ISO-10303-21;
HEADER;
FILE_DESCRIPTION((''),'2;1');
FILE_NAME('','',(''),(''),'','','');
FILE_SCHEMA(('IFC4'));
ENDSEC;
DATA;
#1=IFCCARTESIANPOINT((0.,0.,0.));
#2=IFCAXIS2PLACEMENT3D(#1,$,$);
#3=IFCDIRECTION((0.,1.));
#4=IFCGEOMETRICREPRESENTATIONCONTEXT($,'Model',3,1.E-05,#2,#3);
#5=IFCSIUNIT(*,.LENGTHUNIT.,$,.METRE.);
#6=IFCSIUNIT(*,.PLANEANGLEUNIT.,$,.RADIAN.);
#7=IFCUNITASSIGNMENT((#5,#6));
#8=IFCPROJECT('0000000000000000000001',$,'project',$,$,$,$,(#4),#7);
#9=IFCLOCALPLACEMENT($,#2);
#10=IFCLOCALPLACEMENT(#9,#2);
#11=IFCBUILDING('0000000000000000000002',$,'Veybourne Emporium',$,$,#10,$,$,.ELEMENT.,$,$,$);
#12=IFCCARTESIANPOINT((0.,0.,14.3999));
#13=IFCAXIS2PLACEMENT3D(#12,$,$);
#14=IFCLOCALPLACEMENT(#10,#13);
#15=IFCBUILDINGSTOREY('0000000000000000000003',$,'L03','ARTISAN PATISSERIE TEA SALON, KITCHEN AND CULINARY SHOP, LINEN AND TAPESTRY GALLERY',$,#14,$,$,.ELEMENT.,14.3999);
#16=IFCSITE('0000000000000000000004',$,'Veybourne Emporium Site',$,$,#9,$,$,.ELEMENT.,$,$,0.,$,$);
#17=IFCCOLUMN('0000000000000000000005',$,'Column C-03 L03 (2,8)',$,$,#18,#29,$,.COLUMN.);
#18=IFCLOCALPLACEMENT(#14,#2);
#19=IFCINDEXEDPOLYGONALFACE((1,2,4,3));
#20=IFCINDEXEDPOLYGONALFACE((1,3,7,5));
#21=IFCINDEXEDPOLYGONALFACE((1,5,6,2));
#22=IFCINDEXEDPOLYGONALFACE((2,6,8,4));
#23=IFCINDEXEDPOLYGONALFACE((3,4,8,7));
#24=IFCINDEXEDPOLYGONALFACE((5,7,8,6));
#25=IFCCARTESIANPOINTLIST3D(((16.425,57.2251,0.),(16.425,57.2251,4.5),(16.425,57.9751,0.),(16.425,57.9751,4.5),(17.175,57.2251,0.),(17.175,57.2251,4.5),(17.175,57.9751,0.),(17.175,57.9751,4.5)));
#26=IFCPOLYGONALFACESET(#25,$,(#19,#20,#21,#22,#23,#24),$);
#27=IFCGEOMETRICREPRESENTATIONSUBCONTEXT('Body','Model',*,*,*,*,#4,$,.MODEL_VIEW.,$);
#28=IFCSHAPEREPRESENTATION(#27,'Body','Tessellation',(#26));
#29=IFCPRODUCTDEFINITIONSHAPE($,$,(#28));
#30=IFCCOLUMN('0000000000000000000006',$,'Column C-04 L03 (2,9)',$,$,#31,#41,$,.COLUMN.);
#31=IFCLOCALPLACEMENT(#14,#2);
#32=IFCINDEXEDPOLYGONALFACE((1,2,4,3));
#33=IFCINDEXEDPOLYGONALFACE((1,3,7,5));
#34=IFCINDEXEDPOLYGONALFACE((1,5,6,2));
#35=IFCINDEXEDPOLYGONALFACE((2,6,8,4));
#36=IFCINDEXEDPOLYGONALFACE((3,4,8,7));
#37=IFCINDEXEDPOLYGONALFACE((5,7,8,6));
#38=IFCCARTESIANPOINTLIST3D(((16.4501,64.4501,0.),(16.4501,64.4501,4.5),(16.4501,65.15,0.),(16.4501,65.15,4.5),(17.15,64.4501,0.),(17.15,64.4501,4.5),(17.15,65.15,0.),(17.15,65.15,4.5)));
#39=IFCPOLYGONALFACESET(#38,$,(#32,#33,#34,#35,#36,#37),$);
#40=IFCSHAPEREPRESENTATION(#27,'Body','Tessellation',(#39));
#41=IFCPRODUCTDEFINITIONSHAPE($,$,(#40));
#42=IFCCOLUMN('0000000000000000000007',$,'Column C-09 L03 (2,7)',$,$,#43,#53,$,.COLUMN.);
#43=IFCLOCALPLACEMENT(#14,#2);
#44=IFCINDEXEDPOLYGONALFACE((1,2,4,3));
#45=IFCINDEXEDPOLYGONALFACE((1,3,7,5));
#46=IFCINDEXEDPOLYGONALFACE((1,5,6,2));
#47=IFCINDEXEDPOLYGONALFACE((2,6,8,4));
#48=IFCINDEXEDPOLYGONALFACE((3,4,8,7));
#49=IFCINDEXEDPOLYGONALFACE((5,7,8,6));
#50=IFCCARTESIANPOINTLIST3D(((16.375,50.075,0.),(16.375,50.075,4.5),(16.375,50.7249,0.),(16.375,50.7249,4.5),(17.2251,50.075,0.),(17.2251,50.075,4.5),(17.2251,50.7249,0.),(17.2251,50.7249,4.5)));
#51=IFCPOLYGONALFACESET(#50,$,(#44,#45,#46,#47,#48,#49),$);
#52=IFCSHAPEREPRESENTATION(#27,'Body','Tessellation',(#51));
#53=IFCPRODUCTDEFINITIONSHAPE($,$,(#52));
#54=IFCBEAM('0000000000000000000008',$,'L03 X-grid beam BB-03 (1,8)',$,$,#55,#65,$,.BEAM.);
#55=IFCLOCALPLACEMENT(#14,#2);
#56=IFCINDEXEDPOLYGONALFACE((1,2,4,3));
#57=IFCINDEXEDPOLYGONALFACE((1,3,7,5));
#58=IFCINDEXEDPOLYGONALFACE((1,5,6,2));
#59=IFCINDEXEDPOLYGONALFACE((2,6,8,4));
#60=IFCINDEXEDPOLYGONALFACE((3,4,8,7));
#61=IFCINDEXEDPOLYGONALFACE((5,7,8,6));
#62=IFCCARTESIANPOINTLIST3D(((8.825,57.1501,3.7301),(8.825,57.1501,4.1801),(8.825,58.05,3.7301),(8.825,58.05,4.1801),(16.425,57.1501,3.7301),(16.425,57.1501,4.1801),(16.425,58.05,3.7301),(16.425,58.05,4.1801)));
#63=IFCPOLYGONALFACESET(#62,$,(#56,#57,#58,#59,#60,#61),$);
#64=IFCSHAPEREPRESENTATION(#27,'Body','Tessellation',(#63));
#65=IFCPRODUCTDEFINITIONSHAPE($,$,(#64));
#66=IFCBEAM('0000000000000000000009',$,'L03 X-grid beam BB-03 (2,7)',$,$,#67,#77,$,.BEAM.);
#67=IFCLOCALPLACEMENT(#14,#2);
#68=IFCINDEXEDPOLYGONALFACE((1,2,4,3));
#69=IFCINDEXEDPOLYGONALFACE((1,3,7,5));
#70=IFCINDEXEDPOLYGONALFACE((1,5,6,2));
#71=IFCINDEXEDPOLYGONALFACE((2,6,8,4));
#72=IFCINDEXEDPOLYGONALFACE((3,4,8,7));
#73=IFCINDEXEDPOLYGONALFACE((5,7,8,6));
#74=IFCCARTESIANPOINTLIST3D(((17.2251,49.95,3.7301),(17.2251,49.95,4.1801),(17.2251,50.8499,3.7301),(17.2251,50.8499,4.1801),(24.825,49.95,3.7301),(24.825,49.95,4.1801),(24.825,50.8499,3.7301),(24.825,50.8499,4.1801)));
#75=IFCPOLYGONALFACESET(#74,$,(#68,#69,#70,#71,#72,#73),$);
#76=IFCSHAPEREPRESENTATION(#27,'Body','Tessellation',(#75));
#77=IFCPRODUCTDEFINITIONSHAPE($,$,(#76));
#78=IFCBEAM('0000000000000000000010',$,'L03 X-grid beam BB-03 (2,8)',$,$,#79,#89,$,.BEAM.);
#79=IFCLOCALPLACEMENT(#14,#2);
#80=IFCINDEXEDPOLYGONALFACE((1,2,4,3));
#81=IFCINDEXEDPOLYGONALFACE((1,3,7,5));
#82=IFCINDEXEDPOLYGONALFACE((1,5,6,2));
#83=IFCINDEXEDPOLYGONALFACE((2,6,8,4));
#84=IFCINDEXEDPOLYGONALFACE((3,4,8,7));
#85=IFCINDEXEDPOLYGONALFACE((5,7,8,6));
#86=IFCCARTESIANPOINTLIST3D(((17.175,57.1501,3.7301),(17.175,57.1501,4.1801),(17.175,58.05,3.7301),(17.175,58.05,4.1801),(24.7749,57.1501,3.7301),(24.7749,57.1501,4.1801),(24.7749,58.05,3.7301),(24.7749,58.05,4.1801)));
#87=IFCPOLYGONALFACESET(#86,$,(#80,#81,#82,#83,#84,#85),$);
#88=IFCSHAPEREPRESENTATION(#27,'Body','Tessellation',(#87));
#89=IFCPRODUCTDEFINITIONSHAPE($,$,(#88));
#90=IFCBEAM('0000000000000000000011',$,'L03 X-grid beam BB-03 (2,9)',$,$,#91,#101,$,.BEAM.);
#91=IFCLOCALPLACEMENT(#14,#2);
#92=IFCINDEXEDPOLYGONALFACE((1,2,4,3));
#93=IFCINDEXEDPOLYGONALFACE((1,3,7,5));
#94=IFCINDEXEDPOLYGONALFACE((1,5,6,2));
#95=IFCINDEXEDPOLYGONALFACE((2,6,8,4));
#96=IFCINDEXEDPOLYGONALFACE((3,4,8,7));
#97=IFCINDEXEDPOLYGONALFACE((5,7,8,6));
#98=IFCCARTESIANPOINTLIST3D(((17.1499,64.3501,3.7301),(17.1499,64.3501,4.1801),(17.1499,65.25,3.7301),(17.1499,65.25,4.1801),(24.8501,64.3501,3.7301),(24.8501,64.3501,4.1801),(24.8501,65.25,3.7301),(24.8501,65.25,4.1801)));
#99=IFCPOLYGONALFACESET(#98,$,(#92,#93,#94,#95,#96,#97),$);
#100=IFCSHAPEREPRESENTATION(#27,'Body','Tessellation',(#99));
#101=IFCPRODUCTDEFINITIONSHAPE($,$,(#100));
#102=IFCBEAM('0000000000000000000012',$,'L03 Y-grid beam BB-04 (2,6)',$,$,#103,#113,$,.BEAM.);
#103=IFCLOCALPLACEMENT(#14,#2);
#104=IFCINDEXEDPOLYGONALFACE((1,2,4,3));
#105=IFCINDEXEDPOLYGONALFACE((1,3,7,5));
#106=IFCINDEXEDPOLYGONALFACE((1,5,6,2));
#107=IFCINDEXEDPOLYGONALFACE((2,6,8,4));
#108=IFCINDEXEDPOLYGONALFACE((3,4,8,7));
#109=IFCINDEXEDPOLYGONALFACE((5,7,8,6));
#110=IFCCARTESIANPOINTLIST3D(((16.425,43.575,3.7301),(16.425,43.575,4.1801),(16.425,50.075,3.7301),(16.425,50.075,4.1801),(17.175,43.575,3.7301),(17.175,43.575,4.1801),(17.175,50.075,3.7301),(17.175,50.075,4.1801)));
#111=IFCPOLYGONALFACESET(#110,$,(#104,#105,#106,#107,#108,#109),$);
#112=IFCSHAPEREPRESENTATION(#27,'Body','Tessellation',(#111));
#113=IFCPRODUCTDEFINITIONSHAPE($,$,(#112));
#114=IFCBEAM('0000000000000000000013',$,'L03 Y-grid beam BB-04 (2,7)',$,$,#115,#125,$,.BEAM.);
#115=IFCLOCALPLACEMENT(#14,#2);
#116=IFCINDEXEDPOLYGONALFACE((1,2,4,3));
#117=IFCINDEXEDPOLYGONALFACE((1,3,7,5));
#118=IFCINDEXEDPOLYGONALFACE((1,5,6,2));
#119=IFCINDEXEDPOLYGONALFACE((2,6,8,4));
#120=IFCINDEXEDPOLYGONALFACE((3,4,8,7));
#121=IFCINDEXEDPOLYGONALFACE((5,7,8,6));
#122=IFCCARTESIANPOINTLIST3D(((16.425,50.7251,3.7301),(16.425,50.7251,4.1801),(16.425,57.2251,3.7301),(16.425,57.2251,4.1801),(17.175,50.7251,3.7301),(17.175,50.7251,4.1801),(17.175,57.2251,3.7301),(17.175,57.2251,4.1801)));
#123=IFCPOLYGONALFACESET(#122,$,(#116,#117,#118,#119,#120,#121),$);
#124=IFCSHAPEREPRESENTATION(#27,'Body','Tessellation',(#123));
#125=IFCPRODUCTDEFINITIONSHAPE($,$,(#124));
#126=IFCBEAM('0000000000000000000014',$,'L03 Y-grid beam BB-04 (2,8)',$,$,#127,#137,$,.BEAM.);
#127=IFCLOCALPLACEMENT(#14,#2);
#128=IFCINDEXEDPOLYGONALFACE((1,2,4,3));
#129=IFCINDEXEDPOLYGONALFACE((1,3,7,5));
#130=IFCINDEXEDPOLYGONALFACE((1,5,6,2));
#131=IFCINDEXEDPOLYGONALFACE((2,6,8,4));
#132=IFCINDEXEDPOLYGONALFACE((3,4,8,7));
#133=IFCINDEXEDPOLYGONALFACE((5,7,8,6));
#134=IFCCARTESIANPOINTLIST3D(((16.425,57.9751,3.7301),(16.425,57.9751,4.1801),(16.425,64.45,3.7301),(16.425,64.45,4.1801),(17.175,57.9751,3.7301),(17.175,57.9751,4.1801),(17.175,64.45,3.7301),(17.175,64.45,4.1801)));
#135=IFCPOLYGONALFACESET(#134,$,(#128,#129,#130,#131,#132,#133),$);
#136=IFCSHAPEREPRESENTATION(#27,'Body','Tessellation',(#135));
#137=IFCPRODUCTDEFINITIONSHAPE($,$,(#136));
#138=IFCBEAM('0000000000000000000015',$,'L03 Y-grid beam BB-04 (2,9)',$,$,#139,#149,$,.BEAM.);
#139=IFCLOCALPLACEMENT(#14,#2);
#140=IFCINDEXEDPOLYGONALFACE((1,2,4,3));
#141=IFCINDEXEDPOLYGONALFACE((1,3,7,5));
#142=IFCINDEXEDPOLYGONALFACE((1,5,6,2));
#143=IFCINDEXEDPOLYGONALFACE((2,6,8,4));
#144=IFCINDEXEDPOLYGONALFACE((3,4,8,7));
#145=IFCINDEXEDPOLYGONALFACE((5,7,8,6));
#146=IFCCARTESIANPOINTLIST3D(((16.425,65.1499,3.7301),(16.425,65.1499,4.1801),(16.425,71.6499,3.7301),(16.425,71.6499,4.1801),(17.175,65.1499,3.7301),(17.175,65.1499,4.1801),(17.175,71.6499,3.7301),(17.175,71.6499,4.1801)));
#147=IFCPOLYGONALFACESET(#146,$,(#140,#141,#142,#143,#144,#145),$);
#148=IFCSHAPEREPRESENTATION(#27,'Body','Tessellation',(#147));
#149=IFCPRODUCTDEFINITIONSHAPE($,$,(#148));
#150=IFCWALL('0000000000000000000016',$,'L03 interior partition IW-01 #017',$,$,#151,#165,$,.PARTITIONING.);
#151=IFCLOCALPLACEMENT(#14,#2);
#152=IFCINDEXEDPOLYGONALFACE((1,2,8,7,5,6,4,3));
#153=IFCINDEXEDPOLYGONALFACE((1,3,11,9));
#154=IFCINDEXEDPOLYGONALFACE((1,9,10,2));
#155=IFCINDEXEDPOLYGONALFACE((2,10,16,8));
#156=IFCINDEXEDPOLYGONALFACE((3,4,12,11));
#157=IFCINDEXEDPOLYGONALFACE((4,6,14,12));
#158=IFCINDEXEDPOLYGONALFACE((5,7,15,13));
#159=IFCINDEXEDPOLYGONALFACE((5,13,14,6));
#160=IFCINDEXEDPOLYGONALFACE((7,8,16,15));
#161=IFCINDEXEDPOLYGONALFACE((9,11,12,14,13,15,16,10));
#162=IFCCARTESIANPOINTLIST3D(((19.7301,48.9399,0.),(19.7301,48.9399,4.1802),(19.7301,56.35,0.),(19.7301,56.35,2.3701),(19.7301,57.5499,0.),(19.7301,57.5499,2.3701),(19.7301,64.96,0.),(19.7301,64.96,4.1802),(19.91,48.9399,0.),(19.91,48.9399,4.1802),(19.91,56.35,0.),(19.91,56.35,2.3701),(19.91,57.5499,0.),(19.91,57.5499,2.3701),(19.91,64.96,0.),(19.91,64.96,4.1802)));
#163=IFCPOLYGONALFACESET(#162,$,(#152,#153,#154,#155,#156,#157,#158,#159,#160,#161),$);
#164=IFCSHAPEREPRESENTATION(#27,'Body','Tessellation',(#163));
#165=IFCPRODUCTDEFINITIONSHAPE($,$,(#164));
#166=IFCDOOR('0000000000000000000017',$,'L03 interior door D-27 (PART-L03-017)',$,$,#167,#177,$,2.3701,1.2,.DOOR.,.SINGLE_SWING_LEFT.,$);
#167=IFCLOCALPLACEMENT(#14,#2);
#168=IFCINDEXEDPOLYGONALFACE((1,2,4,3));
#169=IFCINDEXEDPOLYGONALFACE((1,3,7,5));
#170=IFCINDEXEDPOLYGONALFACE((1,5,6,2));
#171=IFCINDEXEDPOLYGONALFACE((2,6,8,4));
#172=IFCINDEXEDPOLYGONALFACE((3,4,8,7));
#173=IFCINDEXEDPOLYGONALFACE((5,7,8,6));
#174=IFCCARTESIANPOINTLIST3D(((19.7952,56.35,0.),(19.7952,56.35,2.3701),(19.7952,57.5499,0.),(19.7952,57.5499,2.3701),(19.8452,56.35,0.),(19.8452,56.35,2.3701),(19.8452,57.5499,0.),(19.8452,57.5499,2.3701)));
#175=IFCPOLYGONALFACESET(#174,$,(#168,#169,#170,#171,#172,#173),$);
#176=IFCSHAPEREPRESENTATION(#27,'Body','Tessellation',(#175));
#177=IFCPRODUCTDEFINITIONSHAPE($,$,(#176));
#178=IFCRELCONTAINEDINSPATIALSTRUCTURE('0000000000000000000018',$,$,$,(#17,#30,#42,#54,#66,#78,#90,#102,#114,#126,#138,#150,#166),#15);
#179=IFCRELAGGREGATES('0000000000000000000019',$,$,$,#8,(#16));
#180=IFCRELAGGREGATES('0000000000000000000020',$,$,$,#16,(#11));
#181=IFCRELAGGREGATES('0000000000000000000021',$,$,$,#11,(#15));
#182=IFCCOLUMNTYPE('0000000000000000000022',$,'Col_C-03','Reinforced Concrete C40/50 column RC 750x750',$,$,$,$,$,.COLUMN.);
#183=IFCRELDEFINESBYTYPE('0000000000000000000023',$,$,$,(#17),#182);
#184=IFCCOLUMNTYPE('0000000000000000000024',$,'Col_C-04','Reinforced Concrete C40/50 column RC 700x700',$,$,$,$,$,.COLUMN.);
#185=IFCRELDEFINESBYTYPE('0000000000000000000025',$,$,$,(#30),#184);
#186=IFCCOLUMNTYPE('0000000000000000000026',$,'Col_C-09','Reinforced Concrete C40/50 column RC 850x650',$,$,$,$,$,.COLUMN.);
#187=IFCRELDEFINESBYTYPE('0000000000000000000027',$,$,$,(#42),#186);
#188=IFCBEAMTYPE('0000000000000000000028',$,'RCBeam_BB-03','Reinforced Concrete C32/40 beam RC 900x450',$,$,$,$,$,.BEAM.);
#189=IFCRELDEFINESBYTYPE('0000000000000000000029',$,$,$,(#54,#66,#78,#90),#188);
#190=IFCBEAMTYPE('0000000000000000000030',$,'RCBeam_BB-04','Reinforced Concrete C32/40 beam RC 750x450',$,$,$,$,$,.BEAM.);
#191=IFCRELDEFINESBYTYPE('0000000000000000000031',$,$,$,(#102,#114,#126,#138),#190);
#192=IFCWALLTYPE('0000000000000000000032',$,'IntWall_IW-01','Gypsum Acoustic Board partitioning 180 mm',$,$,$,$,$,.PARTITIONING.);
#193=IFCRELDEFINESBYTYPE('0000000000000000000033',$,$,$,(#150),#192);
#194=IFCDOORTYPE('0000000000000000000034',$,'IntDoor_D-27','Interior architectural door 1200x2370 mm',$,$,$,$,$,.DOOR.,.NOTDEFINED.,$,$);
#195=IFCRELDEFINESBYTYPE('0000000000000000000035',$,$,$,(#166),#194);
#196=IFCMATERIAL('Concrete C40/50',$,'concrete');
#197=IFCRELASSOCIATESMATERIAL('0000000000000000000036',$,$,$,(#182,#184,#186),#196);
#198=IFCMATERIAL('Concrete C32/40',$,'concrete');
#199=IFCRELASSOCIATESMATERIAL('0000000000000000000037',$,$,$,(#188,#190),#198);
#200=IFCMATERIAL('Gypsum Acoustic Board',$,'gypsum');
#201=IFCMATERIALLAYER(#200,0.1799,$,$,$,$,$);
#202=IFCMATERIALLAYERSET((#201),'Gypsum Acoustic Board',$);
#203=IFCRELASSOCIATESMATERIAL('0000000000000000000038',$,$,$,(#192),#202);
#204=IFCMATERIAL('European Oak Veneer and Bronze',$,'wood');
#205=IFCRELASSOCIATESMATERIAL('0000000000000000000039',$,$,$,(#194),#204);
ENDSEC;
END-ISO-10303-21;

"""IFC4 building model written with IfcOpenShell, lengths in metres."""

from ifc_helpers import new_model, si_unit, direction, frame, frame_2d, origin, origin_2d, place, context, subcontext, project, spatial, rectangle, extrude, material, layer, layer_set, material_profile, profile_set, type_object, element, fill, save


model = new_model("IFC4")

# Units and contexts
model_context = context("Model", 3, precision=1e-05, world=origin(), true_north=direction((0.0, 1.0)))
body_context = subcontext(model_context, "Body", "Model", "MODEL_VIEW")
ifc_project = project(units=[si_unit("LENGTHUNIT", "METRE"), si_unit("PLANEANGLEUNIT", "RADIAN")], contexts=[model_context])

# Site, building, storey
site_placement = place(None, origin())
site = spatial("IfcSite", under=ifc_project, at=site_placement, Name="Veybourne Emporium Site", CompositionType="ELEMENT", RefElevation=0.0)
building_placement = place(site_placement, origin())
building = spatial("IfcBuilding", under=site, at=building_placement, Name="Veybourne Emporium", CompositionType="ELEMENT")
storey_placement = place(building_placement, frame((0.0, 0.0, 14.3999)))
storey = spatial("IfcBuildingStorey", under=building, at=storey_placement, Name="L03", Description="ARTISAN PATISSERIE TEA SALON, KITCHEN AND CULINARY SHOP, LINEN AND TAPESTRY GALLERY", CompositionType="ELEMENT", Elevation=14.3999)

# Columns
ifc_material_1 = material(Name="Concrete C40/50", Category="concrete")
ifc_material_profile_1 = material_profile(ifc_material_1, rectangle(XDim=0.75, YDim=0.75, at=origin_2d()), Name="RC 750x750")
ifc_profile_set_1 = profile_set([ifc_material_profile_1], Name="Concrete C40/50")
column_type_1 = type_object("IfcColumnType", Name="Col_C-03", Description="Reinforced Concrete C40/50 column RC 750x750", PredefinedType="COLUMN", material=ifc_profile_set_1)
column_1_placement = place(storey_placement, frame((16.8, 57.6001, 0.0), z_axis=(0.0, 0.0, 1.0), x_axis=(1.0, 0.0, 0.0)))
element("IfcColumn", 1, at=column_1_placement, inside=storey, type_object=column_type_1, Name="Column C-03 L03 (2,8)", PredefinedType="COLUMN", context=body_context, shape_type="SweptSolid", body=[
    extrude(rectangle(XDim=0.75, YDim=0.75, at=origin_2d()), origin(), (0.0, 0.0, 1.0), 4.5),
])
ifc_material_profile_2 = material_profile(ifc_material_1, rectangle(XDim=0.7, YDim=0.7, at=origin_2d()), Name="RC 700x700")
ifc_profile_set_2 = profile_set([ifc_material_profile_2], Name="Concrete C40/50")
column_type_2 = type_object("IfcColumnType", Name="Col_C-04", Description="Reinforced Concrete C40/50 column RC 700x700", PredefinedType="COLUMN", material=ifc_profile_set_2)
column_2_placement = place(storey_placement, frame((16.8, 64.8, 0.0), z_axis=(0.0, 0.0, 1.0), x_axis=(1.0, 0.0, 0.0)))
element("IfcColumn", 2, at=column_2_placement, inside=storey, type_object=column_type_2, Name="Column C-04 L03 (2,9)", PredefinedType="COLUMN", context=body_context, shape_type="SweptSolid", body=[
    extrude(rectangle(XDim=0.7, YDim=0.7, at=origin_2d()), origin(), (0.0, 0.0, 1.0), 4.5),
])
ifc_material_profile_3 = material_profile(ifc_material_1, rectangle(XDim=0.8501, YDim=0.6499, at=origin_2d()), Name="RC 850x650")
ifc_profile_set_3 = profile_set([ifc_material_profile_3], Name="Concrete C40/50")
column_type_3 = type_object("IfcColumnType", Name="Col_C-09", Description="Reinforced Concrete C40/50 column RC 850x650", PredefinedType="COLUMN", material=ifc_profile_set_3)
column_3_placement = place(storey_placement, frame((16.8, 50.3999, 0.0), z_axis=(0.0, 0.0, 1.0), x_axis=(1.0, 0.0, 0.0)))
element("IfcColumn", 3, at=column_3_placement, inside=storey, type_object=column_type_3, Name="Column C-09 L03 (2,7)", PredefinedType="COLUMN", context=body_context, shape_type="SweptSolid", body=[
    extrude(rectangle(XDim=0.8501, YDim=0.6499, at=origin_2d()), origin(), (0.0, 0.0, 1.0), 4.5),
])

# Beams
ifc_material_2 = material(Name="Concrete C32/40", Category="concrete")
ifc_material_profile_4 = material_profile(ifc_material_2, rectangle(XDim=0.8999, YDim=0.45, at=origin_2d()), Name="RC 900x450")
ifc_profile_set_4 = profile_set([ifc_material_profile_4], Name="Concrete C32/40")
beam_type_1 = type_object("IfcBeamType", Name="RCBeam_BB-03", Description="Reinforced Concrete C32/40 beam RC 900x450", PredefinedType="BEAM", material=ifc_profile_set_4)
beam_1_placement = place(storey_placement, frame((8.825, 57.6001, 3.9551), z_axis=(1.0, 0.0, 0.0), x_axis=(0.0, 1.0, 0.0)))
element("IfcBeam", 4, at=beam_1_placement, inside=storey, type_object=beam_type_1, Name="L03 X-grid beam BB-03 (1,8)", PredefinedType="BEAM", context=body_context, shape_type="SweptSolid", body=[
    extrude(rectangle(XDim=0.8999, YDim=0.45, at=origin_2d()), origin(), (0.0, 0.0, 1.0), 7.6001),
])
for number, where, z_axis, x_axis, name in (
    (5, (17.2251, 50.3999, 3.9551), (1.0, 0.0, 0.0), (0.0, 1.0, 0.0), "L03 X-grid beam BB-03 (2,7)"),
    (6, (17.175, 57.6001, 3.9551), (1.0, 0.0, 0.0), (0.0, 1.0, 0.0), "L03 X-grid beam BB-03 (2,8)"),
):
    element("IfcBeam", number, at=place(storey_placement, frame(where, z_axis=z_axis, x_axis=x_axis)), inside=storey, type_object=beam_type_1, Name=name, PredefinedType="BEAM", context=body_context, shape_type="SweptSolid", body=[
        extrude(rectangle(XDim=0.8999, YDim=0.45, at=origin_2d()), origin(), (0.0, 0.0, 1.0), 7.5999),
    ])
beam_2_placement = place(storey_placement, frame((17.1499, 64.8, 3.9551), z_axis=(1.0, 0.0, 0.0), x_axis=(0.0, 1.0, 0.0)))
element("IfcBeam", 7, at=beam_2_placement, inside=storey, type_object=beam_type_1, Name="L03 X-grid beam BB-03 (2,9)", PredefinedType="BEAM", context=body_context, shape_type="SweptSolid", body=[
    extrude(rectangle(XDim=0.8999, YDim=0.45, at=origin_2d()), origin(), (0.0, 0.0, 1.0), 7.7002),
])
ifc_material_profile_5 = material_profile(ifc_material_2, rectangle(XDim=0.75, YDim=0.45, at=origin_2d()), Name="RC 750x450")
ifc_profile_set_5 = profile_set([ifc_material_profile_5], Name="Concrete C32/40")
beam_type_2 = type_object("IfcBeamType", Name="RCBeam_BB-04", Description="Reinforced Concrete C32/40 beam RC 750x450", PredefinedType="BEAM", material=ifc_profile_set_5)
for number, where, z_axis, x_axis, name in (
    (8, (16.8, 43.575, 3.9551), (0.0, 1.0, 0.0), (-1.0, 0.0, 0.0), "L03 Y-grid beam BB-04 (2,6)"),
    (9, (16.8, 50.7251, 3.9551), (0.0, 1.0, 0.0), (-1.0, 0.0, 0.0), "L03 Y-grid beam BB-04 (2,7)"),
):
    element("IfcBeam", number, at=place(storey_placement, frame(where, z_axis=z_axis, x_axis=x_axis)), inside=storey, type_object=beam_type_2, Name=name, PredefinedType="BEAM", context=body_context, shape_type="SweptSolid", body=[
        extrude(rectangle(XDim=0.75, YDim=0.45, at=origin_2d()), origin(), (0.0, 0.0, 1.0), 6.5),
    ])
beam_3_placement = place(storey_placement, frame((16.8, 57.9751, 3.9551), z_axis=(0.0, 1.0, 0.0), x_axis=(-1.0, 0.0, 0.0)))
element("IfcBeam", 10, at=beam_3_placement, inside=storey, type_object=beam_type_2, Name="L03 Y-grid beam BB-04 (2,8)", PredefinedType="BEAM", context=body_context, shape_type="SweptSolid", body=[
    extrude(rectangle(XDim=0.75, YDim=0.45, at=origin_2d()), origin(), (0.0, 0.0, 1.0), 6.4749),
])
beam_4_placement = place(storey_placement, frame((16.8, 65.1499, 3.9551), z_axis=(0.0, 1.0, 0.0), x_axis=(-1.0, 0.0, 0.0)))
element("IfcBeam", 11, at=beam_4_placement, inside=storey, type_object=beam_type_2, Name="L03 Y-grid beam BB-04 (2,9)", PredefinedType="BEAM", context=body_context, shape_type="SweptSolid", body=[
    extrude(rectangle(XDim=0.75, YDim=0.45, at=origin_2d()), origin(), (0.0, 0.0, 1.0), 6.5),
])

# Wall, opening, door
ifc_material_3 = material(Name="Gypsum Acoustic Board", Category="gypsum")
ifc_layer_1 = layer(ifc_material_3, 0.1799)
ifc_layer_set_1 = layer_set([ifc_layer_1], Name="Gypsum Acoustic Board")
wall_type_1 = type_object("IfcWallType", Name="IntWall_IW-01", Description="Gypsum Acoustic Board partitioning 180 mm", PredefinedType="PARTITIONING", material=ifc_layer_set_1)
wall_1_placement = place(storey_placement, frame((19.8201, 48.9399, 0.0), z_axis=(0.0, 0.0, 1.0), x_axis=(0.0, 1.0, 0.0)))
wall_1 = element("IfcWall", 12, at=wall_1_placement, inside=storey, type_object=wall_type_1, Name="L03 interior partition IW-01 #017", PredefinedType="PARTITIONING", context=body_context, shape_type="SweptSolid", body=[
    extrude(rectangle(XDim=16.02, YDim=0.1799, at=frame_2d((8.01, 0.0))), origin(), (0.0, 0.0, 1.0), 4.1802),
])
opening_1_placement = place(wall_1_placement, frame((7.4099, 0.0, 0.0)))
opening_1 = element("IfcOpeningElement", 13, at=opening_1_placement, cuts=wall_1, PredefinedType="OPENING", context=body_context, shape_type="SweptSolid", body=[
    extrude(rectangle(XDim=1.2, YDim=2.3701, at=frame_2d((0.6001, 1.1851))), frame((0.0, 0.1099, 0.0), z_axis=(0.0, -1.0, 0.0), x_axis=(1.0, 0.0, 0.0)), (0.0, 0.0, 1.0), 0.22),
])
ifc_material_4 = material(Name="European Oak Veneer and Bronze", Category="wood")
door_type_1 = type_object("IfcDoorType", Name="IntDoor_D-27", Description="Interior architectural door 1200x2370 mm", OperationType="NOTDEFINED", PredefinedType="DOOR", material=ifc_material_4)
door_1_placement = place(opening_1_placement, origin())
door_1 = element("IfcDoor", 14, at=door_1_placement, inside=storey, type_object=door_type_1, Name="L03 interior door D-27 (PART-L03-017)", OperationType="SINGLE_SWING_LEFT", OverallHeight=2.3701, OverallWidth=1.2, PredefinedType="DOOR", context=body_context, shape_type="SweptSolid", body=[
    extrude(rectangle(XDim=1.2, YDim=2.3701, at=frame_2d((0.6001, 1.1851))), frame((0.0, 0.0249, 0.0), z_axis=(0.0, -1.0, 0.0), x_axis=(1.0, 0.0, 0.0)), (0.0, 0.0, 1.0), 0.05),
])
fill(opening_1, door_1)

save(model, "model.ifc")
